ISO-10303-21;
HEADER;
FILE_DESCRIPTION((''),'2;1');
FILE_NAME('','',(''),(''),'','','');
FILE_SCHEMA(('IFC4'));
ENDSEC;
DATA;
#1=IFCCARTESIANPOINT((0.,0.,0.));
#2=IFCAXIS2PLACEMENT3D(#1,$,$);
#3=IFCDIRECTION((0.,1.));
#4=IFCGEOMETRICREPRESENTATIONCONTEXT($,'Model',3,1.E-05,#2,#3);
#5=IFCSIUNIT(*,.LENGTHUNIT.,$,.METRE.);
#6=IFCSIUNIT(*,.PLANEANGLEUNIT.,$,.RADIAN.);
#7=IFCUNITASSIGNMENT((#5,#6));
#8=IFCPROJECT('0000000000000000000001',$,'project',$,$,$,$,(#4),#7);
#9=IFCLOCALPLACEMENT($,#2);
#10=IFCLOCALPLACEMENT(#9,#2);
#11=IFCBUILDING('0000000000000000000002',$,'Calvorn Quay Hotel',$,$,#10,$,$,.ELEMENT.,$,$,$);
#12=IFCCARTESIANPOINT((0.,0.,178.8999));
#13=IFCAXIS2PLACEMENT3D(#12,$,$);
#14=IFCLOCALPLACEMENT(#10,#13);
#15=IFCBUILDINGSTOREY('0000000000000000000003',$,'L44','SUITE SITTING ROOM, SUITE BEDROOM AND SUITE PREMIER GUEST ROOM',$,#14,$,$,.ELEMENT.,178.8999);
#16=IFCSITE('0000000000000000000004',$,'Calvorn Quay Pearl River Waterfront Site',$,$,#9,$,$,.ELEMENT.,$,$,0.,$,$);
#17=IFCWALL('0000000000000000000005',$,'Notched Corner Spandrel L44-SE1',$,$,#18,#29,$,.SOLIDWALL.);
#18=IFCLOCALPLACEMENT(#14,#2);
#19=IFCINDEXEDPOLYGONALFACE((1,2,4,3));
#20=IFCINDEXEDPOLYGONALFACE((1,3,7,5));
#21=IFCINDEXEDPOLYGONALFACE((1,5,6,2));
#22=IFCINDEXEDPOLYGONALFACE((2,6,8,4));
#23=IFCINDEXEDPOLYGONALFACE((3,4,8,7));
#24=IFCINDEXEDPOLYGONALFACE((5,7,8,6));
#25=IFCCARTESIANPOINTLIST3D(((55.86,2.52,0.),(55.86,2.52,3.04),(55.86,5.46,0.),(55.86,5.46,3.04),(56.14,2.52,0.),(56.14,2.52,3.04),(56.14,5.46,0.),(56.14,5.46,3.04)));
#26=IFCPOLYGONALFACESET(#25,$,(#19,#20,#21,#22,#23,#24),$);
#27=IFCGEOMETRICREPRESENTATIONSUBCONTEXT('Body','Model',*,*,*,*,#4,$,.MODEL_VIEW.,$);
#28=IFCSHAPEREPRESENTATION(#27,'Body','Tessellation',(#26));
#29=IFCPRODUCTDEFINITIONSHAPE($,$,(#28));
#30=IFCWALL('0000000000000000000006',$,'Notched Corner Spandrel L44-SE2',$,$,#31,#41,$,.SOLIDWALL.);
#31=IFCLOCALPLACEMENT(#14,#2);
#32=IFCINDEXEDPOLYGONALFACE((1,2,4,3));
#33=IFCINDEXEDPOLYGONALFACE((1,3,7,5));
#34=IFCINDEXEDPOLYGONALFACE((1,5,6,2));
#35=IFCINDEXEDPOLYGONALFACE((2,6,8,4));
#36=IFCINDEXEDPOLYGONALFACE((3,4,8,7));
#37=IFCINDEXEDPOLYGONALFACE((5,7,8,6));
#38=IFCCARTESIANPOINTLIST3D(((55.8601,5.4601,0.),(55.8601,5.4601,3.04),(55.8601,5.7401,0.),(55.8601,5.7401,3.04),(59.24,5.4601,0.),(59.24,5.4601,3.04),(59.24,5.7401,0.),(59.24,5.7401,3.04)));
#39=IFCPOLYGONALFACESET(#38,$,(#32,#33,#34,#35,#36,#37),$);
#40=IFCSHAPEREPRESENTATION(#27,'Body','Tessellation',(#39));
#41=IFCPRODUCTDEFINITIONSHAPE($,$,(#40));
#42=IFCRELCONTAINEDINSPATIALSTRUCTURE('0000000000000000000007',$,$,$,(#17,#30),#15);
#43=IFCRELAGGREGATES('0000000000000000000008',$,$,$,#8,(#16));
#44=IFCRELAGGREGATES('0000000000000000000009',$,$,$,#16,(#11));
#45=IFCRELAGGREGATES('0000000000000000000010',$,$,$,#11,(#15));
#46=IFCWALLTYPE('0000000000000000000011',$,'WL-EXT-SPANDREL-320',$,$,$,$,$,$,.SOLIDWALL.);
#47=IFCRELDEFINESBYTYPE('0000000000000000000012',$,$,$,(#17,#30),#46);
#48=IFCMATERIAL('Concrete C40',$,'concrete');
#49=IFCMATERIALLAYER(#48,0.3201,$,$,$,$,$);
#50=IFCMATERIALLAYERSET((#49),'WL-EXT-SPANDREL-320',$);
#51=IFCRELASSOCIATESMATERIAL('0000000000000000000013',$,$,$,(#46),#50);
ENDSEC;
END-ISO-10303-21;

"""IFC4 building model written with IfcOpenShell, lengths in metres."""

from ifc_helpers import new_model, si_unit, direction, frame, frame_2d, origin, place, context, subcontext, project, spatial, rectangle, extrude, material, layer, layer_set, type_object, element, save


model = new_model("IFC4")

# Units and contexts
model_context = context("Model", 3, precision=1e-05, world=origin(), true_north=direction((0.0, 1.0)))
body_context = subcontext(model_context, "Body", "Model", "MODEL_VIEW")
ifc_project = project(units=[si_unit("LENGTHUNIT", "METRE"), si_unit("PLANEANGLEUNIT", "RADIAN")], contexts=[model_context])

# Site, building, storey
site_placement = place(None, origin())
site = spatial("IfcSite", under=ifc_project, at=site_placement, Name="Calvorn Quay Pearl River Waterfront Site", CompositionType="ELEMENT", RefElevation=0.0)
building_placement = place(site_placement, origin())
building = spatial("IfcBuilding", under=site, at=building_placement, Name="Calvorn Quay Hotel", CompositionType="ELEMENT")
storey_placement = place(building_placement, frame((0.0, 0.0, 178.8999)))
storey = spatial("IfcBuildingStorey", under=building, at=storey_placement, Name="L44", Description="SUITE SITTING ROOM, SUITE BEDROOM AND SUITE PREMIER GUEST ROOM", CompositionType="ELEMENT", Elevation=178.8999)

# Walls
ifc_material_1 = material(Name="Concrete C40", Category="concrete")
ifc_layer_1 = layer(ifc_material_1, 0.3201)
ifc_layer_set_1 = layer_set([ifc_layer_1], Name="WL-EXT-SPANDREL-320")
wall_type_1 = type_object("IfcWallType", Name="WL-EXT-SPANDREL-320", PredefinedType="SOLIDWALL", material=ifc_layer_set_1)
wall_1_placement = place(storey_placement, frame((56.0, 2.52, 0.0), z_axis=(0.0, 0.0, 1.0), x_axis=(0.0, 1.0, 0.0)))
element("IfcWall", 1, at=wall_1_placement, inside=storey, type_object=wall_type_1, Name="Notched Corner Spandrel L44-SE1", PredefinedType="SOLIDWALL", context=body_context, shape_type="SweptSolid", body=[
    extrude(rectangle(XDim=2.9399, YDim=0.28, at=frame_2d((1.47, 0.0))), origin(), (0.0, 0.0, 1.0), 3.04),
])
wall_2_placement = place(storey_placement, frame((55.8601, 5.6001, 0.0), z_axis=(0.0, 0.0, 1.0), x_axis=(1.0, 0.0, 0.0)))
element("IfcWall", 2, at=wall_2_placement, inside=storey, type_object=wall_type_1, Name="Notched Corner Spandrel L44-SE2", PredefinedType="SOLIDWALL", context=body_context, shape_type="SweptSolid", body=[
    extrude(rectangle(XDim=3.3799, YDim=0.28, at=frame_2d((1.6899, 0.0))), origin(), (0.0, 0.0, 1.0), 3.04),
])

save(model, "model.ifc")
